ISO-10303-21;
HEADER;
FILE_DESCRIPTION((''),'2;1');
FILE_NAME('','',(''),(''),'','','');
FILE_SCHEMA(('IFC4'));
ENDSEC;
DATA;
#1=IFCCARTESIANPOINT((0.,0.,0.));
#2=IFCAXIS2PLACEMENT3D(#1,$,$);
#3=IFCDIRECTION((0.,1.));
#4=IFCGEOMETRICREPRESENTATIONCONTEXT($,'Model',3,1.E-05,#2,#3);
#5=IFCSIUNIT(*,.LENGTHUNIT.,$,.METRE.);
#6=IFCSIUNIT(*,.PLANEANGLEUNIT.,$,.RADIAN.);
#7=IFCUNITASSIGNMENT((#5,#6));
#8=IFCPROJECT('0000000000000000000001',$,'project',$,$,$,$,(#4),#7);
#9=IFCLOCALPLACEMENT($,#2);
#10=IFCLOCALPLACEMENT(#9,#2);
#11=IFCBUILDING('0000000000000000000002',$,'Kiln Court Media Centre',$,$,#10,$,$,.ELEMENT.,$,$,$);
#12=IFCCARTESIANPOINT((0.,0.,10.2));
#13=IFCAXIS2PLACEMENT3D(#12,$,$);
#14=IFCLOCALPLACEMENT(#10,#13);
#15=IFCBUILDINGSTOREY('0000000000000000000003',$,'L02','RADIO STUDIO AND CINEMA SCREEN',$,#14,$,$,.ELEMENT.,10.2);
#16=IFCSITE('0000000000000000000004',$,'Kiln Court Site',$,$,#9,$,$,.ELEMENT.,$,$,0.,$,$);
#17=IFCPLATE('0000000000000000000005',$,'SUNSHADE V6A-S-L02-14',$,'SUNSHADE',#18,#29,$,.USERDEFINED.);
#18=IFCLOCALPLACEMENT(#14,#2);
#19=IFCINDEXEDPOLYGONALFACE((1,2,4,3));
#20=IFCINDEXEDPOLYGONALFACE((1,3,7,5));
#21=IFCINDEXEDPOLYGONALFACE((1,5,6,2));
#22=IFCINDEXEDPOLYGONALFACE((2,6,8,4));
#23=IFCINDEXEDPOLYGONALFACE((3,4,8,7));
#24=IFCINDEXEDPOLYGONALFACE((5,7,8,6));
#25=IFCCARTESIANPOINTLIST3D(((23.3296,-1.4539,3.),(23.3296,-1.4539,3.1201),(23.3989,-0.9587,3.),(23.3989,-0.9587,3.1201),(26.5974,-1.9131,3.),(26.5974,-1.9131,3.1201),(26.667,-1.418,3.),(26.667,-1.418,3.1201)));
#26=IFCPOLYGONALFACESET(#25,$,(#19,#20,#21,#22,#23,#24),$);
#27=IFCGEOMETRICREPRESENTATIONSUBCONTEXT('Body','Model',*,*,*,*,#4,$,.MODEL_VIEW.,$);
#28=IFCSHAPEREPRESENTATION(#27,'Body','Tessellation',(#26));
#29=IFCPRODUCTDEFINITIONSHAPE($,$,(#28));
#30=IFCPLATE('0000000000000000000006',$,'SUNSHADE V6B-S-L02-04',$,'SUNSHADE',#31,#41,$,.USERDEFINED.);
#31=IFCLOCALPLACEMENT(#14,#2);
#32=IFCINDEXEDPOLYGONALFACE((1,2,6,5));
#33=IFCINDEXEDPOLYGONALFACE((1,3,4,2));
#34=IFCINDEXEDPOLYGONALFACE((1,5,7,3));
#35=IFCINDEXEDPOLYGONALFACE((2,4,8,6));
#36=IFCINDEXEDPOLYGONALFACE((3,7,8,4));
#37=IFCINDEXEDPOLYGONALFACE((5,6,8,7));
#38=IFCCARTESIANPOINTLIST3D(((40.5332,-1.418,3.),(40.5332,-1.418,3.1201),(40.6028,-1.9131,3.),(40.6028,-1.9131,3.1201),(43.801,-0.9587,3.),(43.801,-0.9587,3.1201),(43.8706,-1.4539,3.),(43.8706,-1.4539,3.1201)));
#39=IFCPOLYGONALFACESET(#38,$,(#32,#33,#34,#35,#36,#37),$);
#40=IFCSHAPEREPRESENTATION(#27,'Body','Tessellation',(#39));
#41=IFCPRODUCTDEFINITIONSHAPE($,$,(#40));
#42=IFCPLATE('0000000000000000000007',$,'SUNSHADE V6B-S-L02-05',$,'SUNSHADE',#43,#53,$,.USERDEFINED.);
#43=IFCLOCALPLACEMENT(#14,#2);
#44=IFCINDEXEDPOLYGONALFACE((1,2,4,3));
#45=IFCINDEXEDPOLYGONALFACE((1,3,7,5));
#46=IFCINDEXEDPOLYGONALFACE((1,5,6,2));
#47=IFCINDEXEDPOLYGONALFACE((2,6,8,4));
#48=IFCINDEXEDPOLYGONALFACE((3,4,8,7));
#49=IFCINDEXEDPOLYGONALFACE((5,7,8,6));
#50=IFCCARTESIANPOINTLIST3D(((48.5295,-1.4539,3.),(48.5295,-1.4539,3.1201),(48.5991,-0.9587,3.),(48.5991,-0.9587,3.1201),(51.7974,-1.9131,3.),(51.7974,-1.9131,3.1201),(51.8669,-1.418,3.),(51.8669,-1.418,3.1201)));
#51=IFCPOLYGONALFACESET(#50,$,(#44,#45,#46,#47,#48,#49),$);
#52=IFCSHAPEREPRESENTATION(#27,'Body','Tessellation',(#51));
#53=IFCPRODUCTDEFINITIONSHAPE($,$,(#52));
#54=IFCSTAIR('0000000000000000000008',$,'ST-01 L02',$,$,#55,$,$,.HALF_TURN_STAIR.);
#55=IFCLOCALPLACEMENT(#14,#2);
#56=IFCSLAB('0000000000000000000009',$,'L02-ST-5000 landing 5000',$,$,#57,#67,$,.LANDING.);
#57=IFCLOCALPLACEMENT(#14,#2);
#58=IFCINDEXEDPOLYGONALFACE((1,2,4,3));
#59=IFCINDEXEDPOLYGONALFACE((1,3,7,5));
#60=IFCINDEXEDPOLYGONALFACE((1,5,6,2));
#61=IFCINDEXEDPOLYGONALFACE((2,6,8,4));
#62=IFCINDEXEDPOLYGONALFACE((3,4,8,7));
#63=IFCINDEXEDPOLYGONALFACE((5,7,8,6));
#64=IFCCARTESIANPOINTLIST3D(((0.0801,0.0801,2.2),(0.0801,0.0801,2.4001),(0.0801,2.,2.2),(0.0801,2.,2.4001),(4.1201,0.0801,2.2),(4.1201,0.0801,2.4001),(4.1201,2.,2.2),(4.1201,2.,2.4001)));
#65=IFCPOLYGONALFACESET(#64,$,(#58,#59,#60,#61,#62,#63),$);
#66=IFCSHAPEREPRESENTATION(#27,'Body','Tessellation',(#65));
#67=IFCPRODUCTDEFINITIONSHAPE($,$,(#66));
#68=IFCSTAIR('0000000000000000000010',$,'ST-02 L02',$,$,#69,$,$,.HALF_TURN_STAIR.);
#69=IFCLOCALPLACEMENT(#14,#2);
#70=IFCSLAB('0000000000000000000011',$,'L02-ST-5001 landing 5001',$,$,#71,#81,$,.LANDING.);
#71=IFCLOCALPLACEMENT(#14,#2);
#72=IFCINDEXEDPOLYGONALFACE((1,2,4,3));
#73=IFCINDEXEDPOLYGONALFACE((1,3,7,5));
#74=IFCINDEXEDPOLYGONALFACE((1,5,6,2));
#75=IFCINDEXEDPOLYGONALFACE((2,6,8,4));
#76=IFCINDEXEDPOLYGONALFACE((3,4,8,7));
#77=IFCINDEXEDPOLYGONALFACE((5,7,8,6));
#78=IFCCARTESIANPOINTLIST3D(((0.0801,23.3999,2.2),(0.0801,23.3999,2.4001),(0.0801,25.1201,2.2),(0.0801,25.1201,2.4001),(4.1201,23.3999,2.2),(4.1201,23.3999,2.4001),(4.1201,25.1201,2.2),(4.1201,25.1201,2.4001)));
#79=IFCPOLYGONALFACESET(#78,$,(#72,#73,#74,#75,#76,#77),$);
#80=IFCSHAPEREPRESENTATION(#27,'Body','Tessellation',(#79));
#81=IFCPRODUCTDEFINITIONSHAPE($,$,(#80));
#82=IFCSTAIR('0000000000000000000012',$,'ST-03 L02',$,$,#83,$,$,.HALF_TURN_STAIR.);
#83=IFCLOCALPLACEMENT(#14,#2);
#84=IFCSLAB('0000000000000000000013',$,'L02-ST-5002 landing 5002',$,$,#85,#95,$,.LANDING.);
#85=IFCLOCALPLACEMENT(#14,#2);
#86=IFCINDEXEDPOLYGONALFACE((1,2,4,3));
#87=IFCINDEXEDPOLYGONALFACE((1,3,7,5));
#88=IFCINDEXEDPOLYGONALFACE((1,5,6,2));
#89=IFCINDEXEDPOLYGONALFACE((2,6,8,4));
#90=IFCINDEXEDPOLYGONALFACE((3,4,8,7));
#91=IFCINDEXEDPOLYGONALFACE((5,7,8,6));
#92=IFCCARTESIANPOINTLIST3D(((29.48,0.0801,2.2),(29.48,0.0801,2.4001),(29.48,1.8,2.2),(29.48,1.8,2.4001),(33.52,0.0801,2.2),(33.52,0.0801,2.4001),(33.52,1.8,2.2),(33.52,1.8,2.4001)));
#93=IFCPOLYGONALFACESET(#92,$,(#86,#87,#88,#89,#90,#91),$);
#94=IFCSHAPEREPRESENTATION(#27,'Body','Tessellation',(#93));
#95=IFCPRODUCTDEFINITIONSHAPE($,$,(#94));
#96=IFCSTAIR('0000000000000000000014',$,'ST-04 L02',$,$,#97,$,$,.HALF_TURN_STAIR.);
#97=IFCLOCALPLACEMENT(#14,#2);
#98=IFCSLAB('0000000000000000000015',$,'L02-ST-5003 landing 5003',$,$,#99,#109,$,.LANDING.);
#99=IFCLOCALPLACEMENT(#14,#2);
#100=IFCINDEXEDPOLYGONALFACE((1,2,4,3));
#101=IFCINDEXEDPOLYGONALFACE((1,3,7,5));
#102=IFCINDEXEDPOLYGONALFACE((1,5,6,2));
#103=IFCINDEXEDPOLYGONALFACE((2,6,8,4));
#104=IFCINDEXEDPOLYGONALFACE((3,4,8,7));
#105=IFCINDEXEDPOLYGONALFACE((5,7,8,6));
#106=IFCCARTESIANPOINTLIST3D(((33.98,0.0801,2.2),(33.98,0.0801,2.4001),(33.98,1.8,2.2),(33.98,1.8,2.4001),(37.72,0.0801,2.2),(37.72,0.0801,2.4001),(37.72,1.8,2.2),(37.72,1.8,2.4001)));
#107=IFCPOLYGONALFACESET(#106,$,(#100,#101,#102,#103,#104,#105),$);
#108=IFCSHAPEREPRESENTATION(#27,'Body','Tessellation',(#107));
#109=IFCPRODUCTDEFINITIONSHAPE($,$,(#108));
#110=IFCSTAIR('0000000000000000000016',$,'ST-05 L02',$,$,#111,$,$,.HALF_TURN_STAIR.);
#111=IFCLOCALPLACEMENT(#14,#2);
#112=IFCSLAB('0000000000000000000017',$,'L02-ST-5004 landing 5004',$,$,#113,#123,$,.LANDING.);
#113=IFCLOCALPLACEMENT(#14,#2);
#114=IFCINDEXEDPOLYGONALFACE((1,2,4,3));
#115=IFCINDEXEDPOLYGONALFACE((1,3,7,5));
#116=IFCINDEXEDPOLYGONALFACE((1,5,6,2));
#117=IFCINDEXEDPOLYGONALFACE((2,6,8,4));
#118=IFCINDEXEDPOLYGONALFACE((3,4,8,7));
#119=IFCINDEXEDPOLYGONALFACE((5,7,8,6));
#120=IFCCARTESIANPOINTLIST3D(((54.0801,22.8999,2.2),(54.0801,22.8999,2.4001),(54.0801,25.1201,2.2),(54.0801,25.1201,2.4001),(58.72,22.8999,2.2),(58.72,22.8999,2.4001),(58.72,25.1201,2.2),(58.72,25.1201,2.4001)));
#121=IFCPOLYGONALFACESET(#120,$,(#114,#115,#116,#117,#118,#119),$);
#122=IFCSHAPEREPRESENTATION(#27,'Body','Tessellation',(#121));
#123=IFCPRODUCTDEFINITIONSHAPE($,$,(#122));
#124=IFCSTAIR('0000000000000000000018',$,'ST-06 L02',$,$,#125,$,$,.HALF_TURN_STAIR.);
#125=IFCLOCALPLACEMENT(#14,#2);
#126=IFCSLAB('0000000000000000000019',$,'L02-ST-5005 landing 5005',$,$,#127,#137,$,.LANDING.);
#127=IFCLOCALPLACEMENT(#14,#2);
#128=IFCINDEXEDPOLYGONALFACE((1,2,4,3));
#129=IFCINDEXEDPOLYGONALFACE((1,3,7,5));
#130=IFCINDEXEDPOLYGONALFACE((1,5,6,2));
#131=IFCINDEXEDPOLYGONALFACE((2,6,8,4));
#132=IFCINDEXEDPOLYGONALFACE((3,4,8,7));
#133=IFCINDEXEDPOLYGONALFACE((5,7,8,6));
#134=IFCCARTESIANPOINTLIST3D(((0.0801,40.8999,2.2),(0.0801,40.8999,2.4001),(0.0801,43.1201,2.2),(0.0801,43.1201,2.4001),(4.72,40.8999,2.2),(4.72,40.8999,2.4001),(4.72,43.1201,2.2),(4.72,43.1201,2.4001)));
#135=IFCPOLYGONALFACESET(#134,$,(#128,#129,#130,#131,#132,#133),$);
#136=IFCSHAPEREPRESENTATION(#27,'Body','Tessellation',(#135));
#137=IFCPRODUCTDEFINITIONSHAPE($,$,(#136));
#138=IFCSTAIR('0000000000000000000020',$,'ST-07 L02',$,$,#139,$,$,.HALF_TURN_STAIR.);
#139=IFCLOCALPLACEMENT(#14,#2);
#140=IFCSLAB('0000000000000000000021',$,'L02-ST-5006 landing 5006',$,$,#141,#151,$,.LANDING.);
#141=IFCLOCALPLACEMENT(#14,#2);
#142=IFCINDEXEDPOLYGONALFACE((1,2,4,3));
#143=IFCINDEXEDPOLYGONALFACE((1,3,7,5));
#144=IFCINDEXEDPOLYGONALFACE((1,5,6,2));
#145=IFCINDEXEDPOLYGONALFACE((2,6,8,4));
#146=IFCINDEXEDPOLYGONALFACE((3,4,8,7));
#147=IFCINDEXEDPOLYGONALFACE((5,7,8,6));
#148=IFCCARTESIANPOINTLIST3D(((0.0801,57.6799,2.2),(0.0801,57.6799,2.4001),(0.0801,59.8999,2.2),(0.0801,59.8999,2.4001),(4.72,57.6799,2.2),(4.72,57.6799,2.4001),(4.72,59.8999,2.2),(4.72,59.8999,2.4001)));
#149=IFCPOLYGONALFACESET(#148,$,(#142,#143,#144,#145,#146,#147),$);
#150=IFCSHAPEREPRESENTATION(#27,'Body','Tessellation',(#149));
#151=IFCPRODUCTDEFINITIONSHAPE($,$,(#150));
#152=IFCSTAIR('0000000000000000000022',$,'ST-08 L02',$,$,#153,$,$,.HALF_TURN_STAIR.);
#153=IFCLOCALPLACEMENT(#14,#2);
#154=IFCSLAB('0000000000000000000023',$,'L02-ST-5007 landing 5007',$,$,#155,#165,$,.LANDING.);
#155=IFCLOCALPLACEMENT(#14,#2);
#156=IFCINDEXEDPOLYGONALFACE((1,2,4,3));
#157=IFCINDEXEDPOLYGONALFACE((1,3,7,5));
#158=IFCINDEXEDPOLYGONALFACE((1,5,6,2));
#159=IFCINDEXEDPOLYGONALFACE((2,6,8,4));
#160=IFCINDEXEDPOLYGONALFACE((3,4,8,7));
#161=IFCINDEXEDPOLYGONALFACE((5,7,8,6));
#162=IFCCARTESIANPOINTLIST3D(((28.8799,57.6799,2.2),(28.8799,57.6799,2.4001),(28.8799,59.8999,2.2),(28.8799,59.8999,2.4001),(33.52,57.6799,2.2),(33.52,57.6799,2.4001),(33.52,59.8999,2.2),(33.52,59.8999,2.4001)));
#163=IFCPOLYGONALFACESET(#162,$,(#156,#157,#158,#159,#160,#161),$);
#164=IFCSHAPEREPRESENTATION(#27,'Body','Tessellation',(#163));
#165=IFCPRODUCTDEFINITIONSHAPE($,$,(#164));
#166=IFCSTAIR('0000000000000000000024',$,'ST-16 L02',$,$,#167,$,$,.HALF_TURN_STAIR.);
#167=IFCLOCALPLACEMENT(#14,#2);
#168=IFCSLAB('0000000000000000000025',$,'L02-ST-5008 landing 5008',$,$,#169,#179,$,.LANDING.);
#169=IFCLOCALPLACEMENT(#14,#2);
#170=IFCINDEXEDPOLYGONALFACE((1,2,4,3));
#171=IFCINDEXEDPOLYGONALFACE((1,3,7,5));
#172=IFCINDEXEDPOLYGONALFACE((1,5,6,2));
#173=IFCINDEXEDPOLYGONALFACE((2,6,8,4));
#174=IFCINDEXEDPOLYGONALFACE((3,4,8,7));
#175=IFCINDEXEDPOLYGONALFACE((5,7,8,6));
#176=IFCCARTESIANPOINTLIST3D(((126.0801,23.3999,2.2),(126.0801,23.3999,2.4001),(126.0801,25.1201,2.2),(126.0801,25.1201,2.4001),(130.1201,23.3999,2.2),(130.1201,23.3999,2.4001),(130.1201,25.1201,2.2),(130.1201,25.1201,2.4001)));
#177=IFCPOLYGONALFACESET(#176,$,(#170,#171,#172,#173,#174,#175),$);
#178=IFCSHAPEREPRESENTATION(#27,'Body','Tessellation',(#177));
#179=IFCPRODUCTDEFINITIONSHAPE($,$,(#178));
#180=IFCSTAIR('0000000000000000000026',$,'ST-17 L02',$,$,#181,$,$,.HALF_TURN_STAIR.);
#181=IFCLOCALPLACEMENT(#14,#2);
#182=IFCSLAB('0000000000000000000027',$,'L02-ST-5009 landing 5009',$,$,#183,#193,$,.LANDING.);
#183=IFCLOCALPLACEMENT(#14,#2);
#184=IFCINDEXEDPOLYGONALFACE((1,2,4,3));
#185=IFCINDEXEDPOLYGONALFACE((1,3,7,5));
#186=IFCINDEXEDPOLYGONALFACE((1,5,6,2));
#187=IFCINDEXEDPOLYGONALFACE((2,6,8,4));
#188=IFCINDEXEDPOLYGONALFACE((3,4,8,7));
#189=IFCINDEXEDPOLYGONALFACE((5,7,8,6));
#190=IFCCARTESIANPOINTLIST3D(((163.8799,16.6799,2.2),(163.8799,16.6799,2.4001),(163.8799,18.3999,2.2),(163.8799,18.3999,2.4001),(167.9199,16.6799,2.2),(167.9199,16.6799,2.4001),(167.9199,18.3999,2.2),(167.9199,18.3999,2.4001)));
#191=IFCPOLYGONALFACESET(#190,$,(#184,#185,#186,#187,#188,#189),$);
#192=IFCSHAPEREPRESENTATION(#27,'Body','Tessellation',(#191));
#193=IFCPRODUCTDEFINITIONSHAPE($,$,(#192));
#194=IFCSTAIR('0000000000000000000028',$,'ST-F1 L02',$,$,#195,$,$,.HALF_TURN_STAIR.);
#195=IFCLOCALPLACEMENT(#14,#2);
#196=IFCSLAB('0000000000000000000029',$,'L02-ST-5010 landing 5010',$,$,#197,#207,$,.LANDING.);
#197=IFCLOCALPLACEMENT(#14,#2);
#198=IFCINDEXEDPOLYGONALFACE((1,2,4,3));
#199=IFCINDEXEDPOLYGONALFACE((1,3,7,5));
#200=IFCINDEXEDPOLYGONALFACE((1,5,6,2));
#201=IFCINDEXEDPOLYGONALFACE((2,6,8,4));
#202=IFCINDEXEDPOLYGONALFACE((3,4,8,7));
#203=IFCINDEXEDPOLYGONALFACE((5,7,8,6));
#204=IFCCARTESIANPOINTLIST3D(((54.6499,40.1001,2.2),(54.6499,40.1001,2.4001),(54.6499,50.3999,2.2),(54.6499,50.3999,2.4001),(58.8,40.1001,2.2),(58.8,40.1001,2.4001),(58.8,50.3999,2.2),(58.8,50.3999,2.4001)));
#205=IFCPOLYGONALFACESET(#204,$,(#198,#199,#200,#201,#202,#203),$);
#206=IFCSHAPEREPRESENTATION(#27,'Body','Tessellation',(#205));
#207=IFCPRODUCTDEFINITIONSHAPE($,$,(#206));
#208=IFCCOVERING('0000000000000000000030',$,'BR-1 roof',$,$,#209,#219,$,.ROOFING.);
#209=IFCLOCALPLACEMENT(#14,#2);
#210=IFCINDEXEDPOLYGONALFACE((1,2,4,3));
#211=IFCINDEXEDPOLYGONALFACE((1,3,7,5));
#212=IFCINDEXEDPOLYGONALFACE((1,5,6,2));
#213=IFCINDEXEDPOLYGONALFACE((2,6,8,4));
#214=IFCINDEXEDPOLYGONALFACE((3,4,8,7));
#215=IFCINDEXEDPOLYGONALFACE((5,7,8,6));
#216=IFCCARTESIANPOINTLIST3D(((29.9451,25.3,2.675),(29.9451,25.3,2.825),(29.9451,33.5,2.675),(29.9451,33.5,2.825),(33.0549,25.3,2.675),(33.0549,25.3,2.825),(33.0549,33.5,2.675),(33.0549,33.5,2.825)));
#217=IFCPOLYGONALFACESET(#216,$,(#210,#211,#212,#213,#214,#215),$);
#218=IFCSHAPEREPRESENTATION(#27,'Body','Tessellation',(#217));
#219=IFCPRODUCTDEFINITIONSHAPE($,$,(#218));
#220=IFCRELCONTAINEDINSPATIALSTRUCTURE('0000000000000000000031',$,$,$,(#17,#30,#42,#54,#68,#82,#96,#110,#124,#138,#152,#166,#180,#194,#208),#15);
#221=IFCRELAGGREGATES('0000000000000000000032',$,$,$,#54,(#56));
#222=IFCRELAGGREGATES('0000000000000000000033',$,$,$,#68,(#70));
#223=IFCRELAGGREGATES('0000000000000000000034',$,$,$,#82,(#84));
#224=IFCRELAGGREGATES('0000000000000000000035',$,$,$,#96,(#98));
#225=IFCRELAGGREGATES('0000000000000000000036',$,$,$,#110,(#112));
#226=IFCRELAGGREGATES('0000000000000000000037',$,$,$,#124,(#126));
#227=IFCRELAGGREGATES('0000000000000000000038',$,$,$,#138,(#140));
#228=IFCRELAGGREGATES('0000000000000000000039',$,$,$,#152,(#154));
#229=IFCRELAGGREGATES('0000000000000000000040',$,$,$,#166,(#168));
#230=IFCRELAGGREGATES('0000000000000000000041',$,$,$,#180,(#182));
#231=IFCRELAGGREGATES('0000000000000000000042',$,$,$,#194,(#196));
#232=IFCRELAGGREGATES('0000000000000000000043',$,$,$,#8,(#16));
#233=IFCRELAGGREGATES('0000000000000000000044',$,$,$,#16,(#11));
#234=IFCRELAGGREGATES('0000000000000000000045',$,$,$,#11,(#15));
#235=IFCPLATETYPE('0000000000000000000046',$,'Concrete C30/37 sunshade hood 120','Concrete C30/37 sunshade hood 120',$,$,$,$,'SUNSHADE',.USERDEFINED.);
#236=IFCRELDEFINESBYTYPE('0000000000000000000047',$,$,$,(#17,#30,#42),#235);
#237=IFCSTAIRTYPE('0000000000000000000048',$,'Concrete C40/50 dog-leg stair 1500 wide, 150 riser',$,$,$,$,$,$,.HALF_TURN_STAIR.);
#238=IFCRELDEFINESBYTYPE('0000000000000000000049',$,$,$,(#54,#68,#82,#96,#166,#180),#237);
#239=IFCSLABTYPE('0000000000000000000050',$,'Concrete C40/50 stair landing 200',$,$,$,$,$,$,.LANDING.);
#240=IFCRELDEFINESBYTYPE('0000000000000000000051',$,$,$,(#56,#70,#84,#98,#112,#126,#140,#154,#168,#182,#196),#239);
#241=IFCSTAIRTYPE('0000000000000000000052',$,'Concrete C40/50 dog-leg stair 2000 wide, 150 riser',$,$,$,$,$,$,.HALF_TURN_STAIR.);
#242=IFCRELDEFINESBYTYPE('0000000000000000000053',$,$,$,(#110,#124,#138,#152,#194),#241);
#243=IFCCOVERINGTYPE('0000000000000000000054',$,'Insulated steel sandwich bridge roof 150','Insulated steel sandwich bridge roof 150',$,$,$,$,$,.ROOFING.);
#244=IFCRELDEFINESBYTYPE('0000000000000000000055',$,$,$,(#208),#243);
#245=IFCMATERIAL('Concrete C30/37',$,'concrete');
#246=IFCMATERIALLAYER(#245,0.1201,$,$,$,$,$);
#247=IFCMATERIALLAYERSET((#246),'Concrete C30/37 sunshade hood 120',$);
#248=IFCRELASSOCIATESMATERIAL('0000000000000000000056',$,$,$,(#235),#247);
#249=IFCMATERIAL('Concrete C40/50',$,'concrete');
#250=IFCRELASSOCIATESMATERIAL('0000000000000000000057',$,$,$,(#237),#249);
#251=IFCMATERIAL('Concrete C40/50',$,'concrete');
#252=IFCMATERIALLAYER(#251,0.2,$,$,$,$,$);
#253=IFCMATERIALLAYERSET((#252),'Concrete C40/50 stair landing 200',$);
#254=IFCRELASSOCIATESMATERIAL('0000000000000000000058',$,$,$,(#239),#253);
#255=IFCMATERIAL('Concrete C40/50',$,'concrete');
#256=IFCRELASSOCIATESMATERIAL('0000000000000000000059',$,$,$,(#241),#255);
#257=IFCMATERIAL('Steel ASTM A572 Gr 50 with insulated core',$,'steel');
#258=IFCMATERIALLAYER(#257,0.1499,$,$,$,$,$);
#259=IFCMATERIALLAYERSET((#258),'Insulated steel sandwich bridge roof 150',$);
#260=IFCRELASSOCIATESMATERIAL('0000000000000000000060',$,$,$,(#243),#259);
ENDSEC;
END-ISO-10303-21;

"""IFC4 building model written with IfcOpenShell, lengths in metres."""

from ifc_helpers import new_model, si_unit, direction, frame, origin, place, context, subcontext, project, spatial, polyline, outline, extrude, material, layer, layer_set, type_object, element, aggregate, save


model = new_model("IFC4")

# Units and contexts
model_context = context("Model", 3, precision=1e-05, world=origin(), true_north=direction((0.0, 1.0)))
body_context = subcontext(model_context, "Body", "Model", "MODEL_VIEW")
ifc_project = project(units=[si_unit("LENGTHUNIT", "METRE"), si_unit("PLANEANGLEUNIT", "RADIAN")], contexts=[model_context])

# Site, building, storey
site_placement = place(None, origin())
site = spatial("IfcSite", under=ifc_project, at=site_placement, Name="Kiln Court Site", CompositionType="ELEMENT", RefElevation=0.0)
building_placement = place(site_placement, origin())
building = spatial("IfcBuilding", under=site, at=building_placement, Name="Kiln Court Media Centre", CompositionType="ELEMENT")
storey_placement = place(building_placement, frame((0.0, 0.0, 10.2)))
storey = spatial("IfcBuildingStorey", under=building, at=storey_placement, Name="L02", Description="RADIO STUDIO AND CINEMA SCREEN", CompositionType="ELEMENT", Elevation=10.2)

# Plates
ifc_material_1 = material(Name="Concrete C30/37", Category="concrete")
ifc_layer_1 = layer(ifc_material_1, 0.1201)
ifc_layer_set_1 = layer_set([ifc_layer_1], Name="Concrete C30/37 sunshade hood 120")
plate_type = type_object("IfcPlateType", Name="Concrete C30/37 sunshade hood 120", Description="Concrete C30/37 sunshade hood 120", ElementType="SUNSHADE", PredefinedType="USERDEFINED", material=ifc_layer_set_1)
plate_1_placement = place(storey_placement, frame((0.0, 0.0, 3.0)))
element("IfcPlate", 1, at=plate_1_placement, inside=storey, type_object=plate_type, Name="SUNSHADE V6A-S-L02-14", ObjectType="SUNSHADE", PredefinedType="USERDEFINED", context=body_context, shape_type="SweptSolid", body=[
    extrude(outline(polyline([(23.3989, -0.9587), (26.667, -1.418), (26.5974, -1.9131), (23.3296, -1.4539), (23.3989, -0.9587)])), origin(), (0.0, 0.0, 1.0), 0.1201),
])
plate_2_placement = place(storey_placement, frame((0.0, 0.0, 3.0)))
element("IfcPlate", 2, at=plate_2_placement, inside=storey, type_object=plate_type, Name="SUNSHADE V6B-S-L02-04", ObjectType="SUNSHADE", PredefinedType="USERDEFINED", context=body_context, shape_type="SweptSolid", body=[
    extrude(outline(polyline([(40.5332, -1.418), (43.801, -0.9587), (43.8706, -1.4539), (40.6028, -1.9131), (40.5332, -1.418)])), origin(), (0.0, 0.0, 1.0), 0.1201),
])
plate_3_placement = place(storey_placement, frame((0.0, 0.0, 3.0)))
element("IfcPlate", 3, at=plate_3_placement, inside=storey, type_object=plate_type, Name="SUNSHADE V6B-S-L02-05", ObjectType="SUNSHADE", PredefinedType="USERDEFINED", context=body_context, shape_type="SweptSolid", body=[
    extrude(outline(polyline([(48.5991, -0.9587), (51.8669, -1.418), (51.7974, -1.9131), (48.5295, -1.4539), (48.5991, -0.9587)])), origin(), (0.0, 0.0, 1.0), 0.1201),
])

# Stairs, slabs
ifc_material_2 = material(Name="Concrete C40/50", Category="concrete")
stair_type_1 = type_object("IfcStairType", Name="Concrete C40/50 dog-leg stair 1500 wide, 150 riser", PredefinedType="HALF_TURN_STAIR", material=ifc_material_2)
stair_1_placement = place(storey_placement, origin())
stair_1 = element("IfcStair", 4, at=stair_1_placement, inside=storey, type_object=stair_type_1, Name="ST-01 L02", PredefinedType="HALF_TURN_STAIR")
ifc_material_3 = material(Name="Concrete C40/50", Category="concrete")
ifc_layer_2 = layer(ifc_material_3, 0.2)
ifc_layer_set_2 = layer_set([ifc_layer_2], Name="Concrete C40/50 stair landing 200")
slab_type_1 = type_object("IfcSlabType", Name="Concrete C40/50 stair landing 200", PredefinedType="LANDING", material=ifc_layer_set_2)
slab_1_placement = place(storey_placement, frame((0.0, 0.0, 2.2)))
slab_1 = element("IfcSlab", 5, at=slab_1_placement, type_object=slab_type_1, Name="L02-ST-5000 landing 5000", PredefinedType="LANDING", context=body_context, shape_type="SweptSolid", body=[
    extrude(outline(polyline([(0.0801, 2.0), (0.0801, 0.0801), (4.1201, 0.0801), (4.1201, 2.0), (0.0801, 2.0)])), origin(), (0.0, 0.0, 1.0), 0.2002),
])
aggregate(stair_1, [slab_1])
stair_2_placement = place(storey_placement, origin())
stair_2 = element("IfcStair", 6, at=stair_2_placement, inside=storey, type_object=stair_type_1, Name="ST-02 L02", PredefinedType="HALF_TURN_STAIR")
slab_2_placement = place(storey_placement, frame((0.0, 0.0, 2.2)))
slab_2 = element("IfcSlab", 7, at=slab_2_placement, type_object=slab_type_1, Name="L02-ST-5001 landing 5001", PredefinedType="LANDING", context=body_context, shape_type="SweptSolid", body=[
    extrude(outline(polyline([(4.1201, 23.3999), (4.1201, 25.1201), (0.0801, 25.1201), (0.0801, 23.3999), (4.1201, 23.3999)])), origin(), (0.0, 0.0, 1.0), 0.2002),
])
aggregate(stair_2, [slab_2])
stair_3_placement = place(storey_placement, origin())
stair_3 = element("IfcStair", 8, at=stair_3_placement, inside=storey, type_object=stair_type_1, Name="ST-03 L02", PredefinedType="HALF_TURN_STAIR")
slab_3_placement = place(storey_placement, frame((0.0, 0.0, 2.2)))
slab_3 = element("IfcSlab", 9, at=slab_3_placement, type_object=slab_type_1, Name="L02-ST-5002 landing 5002", PredefinedType="LANDING", context=body_context, shape_type="SweptSolid", body=[
    extrude(outline(polyline([(29.48, 1.8), (29.48, 0.0801), (33.52, 0.0801), (33.52, 1.8), (29.48, 1.8)])), origin(), (0.0, 0.0, 1.0), 0.2002),
])
aggregate(stair_3, [slab_3])
stair_4_placement = place(storey_placement, origin())
stair_4 = element("IfcStair", 10, at=stair_4_placement, inside=storey, type_object=stair_type_1, Name="ST-04 L02", PredefinedType="HALF_TURN_STAIR")
slab_4_placement = place(storey_placement, frame((0.0, 0.0, 2.2)))
slab_4 = element("IfcSlab", 11, at=slab_4_placement, type_object=slab_type_1, Name="L02-ST-5003 landing 5003", PredefinedType="LANDING", context=body_context, shape_type="SweptSolid", body=[
    extrude(outline(polyline([(33.98, 1.8), (33.98, 0.0801), (37.72, 0.0801), (37.72, 1.8), (33.98, 1.8)])), origin(), (0.0, 0.0, 1.0), 0.2002),
])
aggregate(stair_4, [slab_4])
ifc_material_4 = material(Name="Concrete C40/50", Category="concrete")
stair_type_2 = type_object("IfcStairType", Name="Concrete C40/50 dog-leg stair 2000 wide, 150 riser", PredefinedType="HALF_TURN_STAIR", material=ifc_material_4)
stair_5_placement = place(storey_placement, origin())
stair_5 = element("IfcStair", 12, at=stair_5_placement, inside=storey, type_object=stair_type_2, Name="ST-05 L02", PredefinedType="HALF_TURN_STAIR")
slab_5_placement = place(storey_placement, frame((0.0, 0.0, 2.2)))
slab_5 = element("IfcSlab", 13, at=slab_5_placement, type_object=slab_type_1, Name="L02-ST-5004 landing 5004", PredefinedType="LANDING", context=body_context, shape_type="SweptSolid", body=[
    extrude(outline(polyline([(58.72, 22.8999), (58.72, 25.1201), (54.0801, 25.1201), (54.0801, 22.8999), (58.72, 22.8999)])), origin(), (0.0, 0.0, 1.0), 0.2002),
])
aggregate(stair_5, [slab_5])
stair_6_placement = place(storey_placement, origin())
stair_6 = element("IfcStair", 14, at=stair_6_placement, inside=storey, type_object=stair_type_2, Name="ST-06 L02", PredefinedType="HALF_TURN_STAIR")
slab_6_placement = place(storey_placement, frame((0.0, 0.0, 2.2)))
slab_6 = element("IfcSlab", 15, at=slab_6_placement, type_object=slab_type_1, Name="L02-ST-5005 landing 5005", PredefinedType="LANDING", context=body_context, shape_type="SweptSolid", body=[
    extrude(outline(polyline([(4.72, 40.8999), (4.72, 43.1201), (0.0801, 43.1201), (0.0801, 40.8999), (4.72, 40.8999)])), origin(), (0.0, 0.0, 1.0), 0.2002),
])
aggregate(stair_6, [slab_6])
stair_7_placement = place(storey_placement, origin())
stair_7 = element("IfcStair", 16, at=stair_7_placement, inside=storey, type_object=stair_type_2, Name="ST-07 L02", PredefinedType="HALF_TURN_STAIR")
slab_7_placement = place(storey_placement, frame((0.0, 0.0, 2.2)))
slab_7 = element("IfcSlab", 17, at=slab_7_placement, type_object=slab_type_1, Name="L02-ST-5006 landing 5006", PredefinedType="LANDING", context=body_context, shape_type="SweptSolid", body=[
    extrude(outline(polyline([(0.0801, 59.8999), (0.0801, 57.6799), (4.72, 57.6799), (4.72, 59.8999), (0.0801, 59.8999)])), origin(), (0.0, 0.0, 1.0), 0.2002),
])
aggregate(stair_7, [slab_7])
stair_8_placement = place(storey_placement, origin())
stair_8 = element("IfcStair", 18, at=stair_8_placement, inside=storey, type_object=stair_type_2, Name="ST-08 L02", PredefinedType="HALF_TURN_STAIR")
slab_8_placement = place(storey_placement, frame((0.0, 0.0, 2.2)))
slab_8 = element("IfcSlab", 19, at=slab_8_placement, type_object=slab_type_1, Name="L02-ST-5007 landing 5007", PredefinedType="LANDING", context=body_context, shape_type="SweptSolid", body=[
    extrude(outline(polyline([(28.8799, 59.8999), (28.8799, 57.6799), (33.52, 57.6799), (33.52, 59.8999), (28.8799, 59.8999)])), origin(), (0.0, 0.0, 1.0), 0.2002),
])
aggregate(stair_8, [slab_8])
stair_9_placement = place(storey_placement, origin())
stair_9 = element("IfcStair", 20, at=stair_9_placement, inside=storey, type_object=stair_type_1, Name="ST-16 L02", PredefinedType="HALF_TURN_STAIR")
slab_9_placement = place(storey_placement, frame((0.0, 0.0, 2.2)))
slab_9 = element("IfcSlab", 21, at=slab_9_placement, type_object=slab_type_1, Name="L02-ST-5008 landing 5008", PredefinedType="LANDING", context=body_context, shape_type="SweptSolid", body=[
    extrude(outline(polyline([(130.1201, 23.3999), (130.1201, 25.1201), (126.0801, 25.1201), (126.0801, 23.3999), (130.1201, 23.3999)])), origin(), (0.0, 0.0, 1.0), 0.2002),
])
aggregate(stair_9, [slab_9])
stair_10_placement = place(storey_placement, origin())
stair_10 = element("IfcStair", 22, at=stair_10_placement, inside=storey, type_object=stair_type_1, Name="ST-17 L02", PredefinedType="HALF_TURN_STAIR")
slab_10_placement = place(storey_placement, frame((0.0, 0.0, 2.2)))
slab_10 = element("IfcSlab", 23, at=slab_10_placement, type_object=slab_type_1, Name="L02-ST-5009 landing 5009", PredefinedType="LANDING", context=body_context, shape_type="SweptSolid", body=[
    extrude(outline(polyline([(163.8799, 18.3999), (163.8799, 16.6799), (167.9199, 16.6799), (167.9199, 18.3999), (163.8799, 18.3999)])), origin(), (0.0, 0.0, 1.0), 0.2002),
])
aggregate(stair_10, [slab_10])
stair_11_placement = place(storey_placement, origin())
stair_11 = element("IfcStair", 24, at=stair_11_placement, inside=storey, type_object=stair_type_2, Name="ST-F1 L02", PredefinedType="HALF_TURN_STAIR")
slab_11_placement = place(storey_placement, frame((0.0, 0.0, 2.2)))
slab_11 = element("IfcSlab", 25, at=slab_11_placement, type_object=slab_type_1, Name="L02-ST-5010 landing 5010", PredefinedType="LANDING", context=body_context, shape_type="SweptSolid", body=[
    extrude(outline(polyline([(58.8, 40.1001), (58.8, 50.3999), (54.6499, 50.3999), (54.6499, 40.1001), (58.8, 40.1001)])), origin(), (0.0, 0.0, 1.0), 0.2002),
])
aggregate(stair_11, [slab_11])

# Covering
ifc_material_5 = material(Name="Steel ASTM A572 Gr 50 with insulated core", Category="steel")
ifc_layer_3 = layer(ifc_material_5, 0.1499)
ifc_layer_set_3 = layer_set([ifc_layer_3], Name="Insulated steel sandwich bridge roof 150")
covering_type_1 = type_object("IfcCoveringType", Name="Insulated steel sandwich bridge roof 150", Description="Insulated steel sandwich bridge roof 150", PredefinedType="ROOFING", material=ifc_layer_set_3)
covering_1_placement = place(storey_placement, frame((0.0, 0.0, 2.675)))
element("IfcCovering", 26, at=covering_1_placement, inside=storey, type_object=covering_type_1, Name="BR-1 roof", PredefinedType="ROOFING", context=body_context, shape_type="SweptSolid", body=[
    extrude(outline(polyline([(29.9451, 25.3), (33.0549, 25.3), (33.0549, 33.5), (29.9451, 33.5), (29.9451, 25.3)])), origin(), (0.0, 0.0, 1.0), 0.1499),
])

save(model, "model.ifc")
